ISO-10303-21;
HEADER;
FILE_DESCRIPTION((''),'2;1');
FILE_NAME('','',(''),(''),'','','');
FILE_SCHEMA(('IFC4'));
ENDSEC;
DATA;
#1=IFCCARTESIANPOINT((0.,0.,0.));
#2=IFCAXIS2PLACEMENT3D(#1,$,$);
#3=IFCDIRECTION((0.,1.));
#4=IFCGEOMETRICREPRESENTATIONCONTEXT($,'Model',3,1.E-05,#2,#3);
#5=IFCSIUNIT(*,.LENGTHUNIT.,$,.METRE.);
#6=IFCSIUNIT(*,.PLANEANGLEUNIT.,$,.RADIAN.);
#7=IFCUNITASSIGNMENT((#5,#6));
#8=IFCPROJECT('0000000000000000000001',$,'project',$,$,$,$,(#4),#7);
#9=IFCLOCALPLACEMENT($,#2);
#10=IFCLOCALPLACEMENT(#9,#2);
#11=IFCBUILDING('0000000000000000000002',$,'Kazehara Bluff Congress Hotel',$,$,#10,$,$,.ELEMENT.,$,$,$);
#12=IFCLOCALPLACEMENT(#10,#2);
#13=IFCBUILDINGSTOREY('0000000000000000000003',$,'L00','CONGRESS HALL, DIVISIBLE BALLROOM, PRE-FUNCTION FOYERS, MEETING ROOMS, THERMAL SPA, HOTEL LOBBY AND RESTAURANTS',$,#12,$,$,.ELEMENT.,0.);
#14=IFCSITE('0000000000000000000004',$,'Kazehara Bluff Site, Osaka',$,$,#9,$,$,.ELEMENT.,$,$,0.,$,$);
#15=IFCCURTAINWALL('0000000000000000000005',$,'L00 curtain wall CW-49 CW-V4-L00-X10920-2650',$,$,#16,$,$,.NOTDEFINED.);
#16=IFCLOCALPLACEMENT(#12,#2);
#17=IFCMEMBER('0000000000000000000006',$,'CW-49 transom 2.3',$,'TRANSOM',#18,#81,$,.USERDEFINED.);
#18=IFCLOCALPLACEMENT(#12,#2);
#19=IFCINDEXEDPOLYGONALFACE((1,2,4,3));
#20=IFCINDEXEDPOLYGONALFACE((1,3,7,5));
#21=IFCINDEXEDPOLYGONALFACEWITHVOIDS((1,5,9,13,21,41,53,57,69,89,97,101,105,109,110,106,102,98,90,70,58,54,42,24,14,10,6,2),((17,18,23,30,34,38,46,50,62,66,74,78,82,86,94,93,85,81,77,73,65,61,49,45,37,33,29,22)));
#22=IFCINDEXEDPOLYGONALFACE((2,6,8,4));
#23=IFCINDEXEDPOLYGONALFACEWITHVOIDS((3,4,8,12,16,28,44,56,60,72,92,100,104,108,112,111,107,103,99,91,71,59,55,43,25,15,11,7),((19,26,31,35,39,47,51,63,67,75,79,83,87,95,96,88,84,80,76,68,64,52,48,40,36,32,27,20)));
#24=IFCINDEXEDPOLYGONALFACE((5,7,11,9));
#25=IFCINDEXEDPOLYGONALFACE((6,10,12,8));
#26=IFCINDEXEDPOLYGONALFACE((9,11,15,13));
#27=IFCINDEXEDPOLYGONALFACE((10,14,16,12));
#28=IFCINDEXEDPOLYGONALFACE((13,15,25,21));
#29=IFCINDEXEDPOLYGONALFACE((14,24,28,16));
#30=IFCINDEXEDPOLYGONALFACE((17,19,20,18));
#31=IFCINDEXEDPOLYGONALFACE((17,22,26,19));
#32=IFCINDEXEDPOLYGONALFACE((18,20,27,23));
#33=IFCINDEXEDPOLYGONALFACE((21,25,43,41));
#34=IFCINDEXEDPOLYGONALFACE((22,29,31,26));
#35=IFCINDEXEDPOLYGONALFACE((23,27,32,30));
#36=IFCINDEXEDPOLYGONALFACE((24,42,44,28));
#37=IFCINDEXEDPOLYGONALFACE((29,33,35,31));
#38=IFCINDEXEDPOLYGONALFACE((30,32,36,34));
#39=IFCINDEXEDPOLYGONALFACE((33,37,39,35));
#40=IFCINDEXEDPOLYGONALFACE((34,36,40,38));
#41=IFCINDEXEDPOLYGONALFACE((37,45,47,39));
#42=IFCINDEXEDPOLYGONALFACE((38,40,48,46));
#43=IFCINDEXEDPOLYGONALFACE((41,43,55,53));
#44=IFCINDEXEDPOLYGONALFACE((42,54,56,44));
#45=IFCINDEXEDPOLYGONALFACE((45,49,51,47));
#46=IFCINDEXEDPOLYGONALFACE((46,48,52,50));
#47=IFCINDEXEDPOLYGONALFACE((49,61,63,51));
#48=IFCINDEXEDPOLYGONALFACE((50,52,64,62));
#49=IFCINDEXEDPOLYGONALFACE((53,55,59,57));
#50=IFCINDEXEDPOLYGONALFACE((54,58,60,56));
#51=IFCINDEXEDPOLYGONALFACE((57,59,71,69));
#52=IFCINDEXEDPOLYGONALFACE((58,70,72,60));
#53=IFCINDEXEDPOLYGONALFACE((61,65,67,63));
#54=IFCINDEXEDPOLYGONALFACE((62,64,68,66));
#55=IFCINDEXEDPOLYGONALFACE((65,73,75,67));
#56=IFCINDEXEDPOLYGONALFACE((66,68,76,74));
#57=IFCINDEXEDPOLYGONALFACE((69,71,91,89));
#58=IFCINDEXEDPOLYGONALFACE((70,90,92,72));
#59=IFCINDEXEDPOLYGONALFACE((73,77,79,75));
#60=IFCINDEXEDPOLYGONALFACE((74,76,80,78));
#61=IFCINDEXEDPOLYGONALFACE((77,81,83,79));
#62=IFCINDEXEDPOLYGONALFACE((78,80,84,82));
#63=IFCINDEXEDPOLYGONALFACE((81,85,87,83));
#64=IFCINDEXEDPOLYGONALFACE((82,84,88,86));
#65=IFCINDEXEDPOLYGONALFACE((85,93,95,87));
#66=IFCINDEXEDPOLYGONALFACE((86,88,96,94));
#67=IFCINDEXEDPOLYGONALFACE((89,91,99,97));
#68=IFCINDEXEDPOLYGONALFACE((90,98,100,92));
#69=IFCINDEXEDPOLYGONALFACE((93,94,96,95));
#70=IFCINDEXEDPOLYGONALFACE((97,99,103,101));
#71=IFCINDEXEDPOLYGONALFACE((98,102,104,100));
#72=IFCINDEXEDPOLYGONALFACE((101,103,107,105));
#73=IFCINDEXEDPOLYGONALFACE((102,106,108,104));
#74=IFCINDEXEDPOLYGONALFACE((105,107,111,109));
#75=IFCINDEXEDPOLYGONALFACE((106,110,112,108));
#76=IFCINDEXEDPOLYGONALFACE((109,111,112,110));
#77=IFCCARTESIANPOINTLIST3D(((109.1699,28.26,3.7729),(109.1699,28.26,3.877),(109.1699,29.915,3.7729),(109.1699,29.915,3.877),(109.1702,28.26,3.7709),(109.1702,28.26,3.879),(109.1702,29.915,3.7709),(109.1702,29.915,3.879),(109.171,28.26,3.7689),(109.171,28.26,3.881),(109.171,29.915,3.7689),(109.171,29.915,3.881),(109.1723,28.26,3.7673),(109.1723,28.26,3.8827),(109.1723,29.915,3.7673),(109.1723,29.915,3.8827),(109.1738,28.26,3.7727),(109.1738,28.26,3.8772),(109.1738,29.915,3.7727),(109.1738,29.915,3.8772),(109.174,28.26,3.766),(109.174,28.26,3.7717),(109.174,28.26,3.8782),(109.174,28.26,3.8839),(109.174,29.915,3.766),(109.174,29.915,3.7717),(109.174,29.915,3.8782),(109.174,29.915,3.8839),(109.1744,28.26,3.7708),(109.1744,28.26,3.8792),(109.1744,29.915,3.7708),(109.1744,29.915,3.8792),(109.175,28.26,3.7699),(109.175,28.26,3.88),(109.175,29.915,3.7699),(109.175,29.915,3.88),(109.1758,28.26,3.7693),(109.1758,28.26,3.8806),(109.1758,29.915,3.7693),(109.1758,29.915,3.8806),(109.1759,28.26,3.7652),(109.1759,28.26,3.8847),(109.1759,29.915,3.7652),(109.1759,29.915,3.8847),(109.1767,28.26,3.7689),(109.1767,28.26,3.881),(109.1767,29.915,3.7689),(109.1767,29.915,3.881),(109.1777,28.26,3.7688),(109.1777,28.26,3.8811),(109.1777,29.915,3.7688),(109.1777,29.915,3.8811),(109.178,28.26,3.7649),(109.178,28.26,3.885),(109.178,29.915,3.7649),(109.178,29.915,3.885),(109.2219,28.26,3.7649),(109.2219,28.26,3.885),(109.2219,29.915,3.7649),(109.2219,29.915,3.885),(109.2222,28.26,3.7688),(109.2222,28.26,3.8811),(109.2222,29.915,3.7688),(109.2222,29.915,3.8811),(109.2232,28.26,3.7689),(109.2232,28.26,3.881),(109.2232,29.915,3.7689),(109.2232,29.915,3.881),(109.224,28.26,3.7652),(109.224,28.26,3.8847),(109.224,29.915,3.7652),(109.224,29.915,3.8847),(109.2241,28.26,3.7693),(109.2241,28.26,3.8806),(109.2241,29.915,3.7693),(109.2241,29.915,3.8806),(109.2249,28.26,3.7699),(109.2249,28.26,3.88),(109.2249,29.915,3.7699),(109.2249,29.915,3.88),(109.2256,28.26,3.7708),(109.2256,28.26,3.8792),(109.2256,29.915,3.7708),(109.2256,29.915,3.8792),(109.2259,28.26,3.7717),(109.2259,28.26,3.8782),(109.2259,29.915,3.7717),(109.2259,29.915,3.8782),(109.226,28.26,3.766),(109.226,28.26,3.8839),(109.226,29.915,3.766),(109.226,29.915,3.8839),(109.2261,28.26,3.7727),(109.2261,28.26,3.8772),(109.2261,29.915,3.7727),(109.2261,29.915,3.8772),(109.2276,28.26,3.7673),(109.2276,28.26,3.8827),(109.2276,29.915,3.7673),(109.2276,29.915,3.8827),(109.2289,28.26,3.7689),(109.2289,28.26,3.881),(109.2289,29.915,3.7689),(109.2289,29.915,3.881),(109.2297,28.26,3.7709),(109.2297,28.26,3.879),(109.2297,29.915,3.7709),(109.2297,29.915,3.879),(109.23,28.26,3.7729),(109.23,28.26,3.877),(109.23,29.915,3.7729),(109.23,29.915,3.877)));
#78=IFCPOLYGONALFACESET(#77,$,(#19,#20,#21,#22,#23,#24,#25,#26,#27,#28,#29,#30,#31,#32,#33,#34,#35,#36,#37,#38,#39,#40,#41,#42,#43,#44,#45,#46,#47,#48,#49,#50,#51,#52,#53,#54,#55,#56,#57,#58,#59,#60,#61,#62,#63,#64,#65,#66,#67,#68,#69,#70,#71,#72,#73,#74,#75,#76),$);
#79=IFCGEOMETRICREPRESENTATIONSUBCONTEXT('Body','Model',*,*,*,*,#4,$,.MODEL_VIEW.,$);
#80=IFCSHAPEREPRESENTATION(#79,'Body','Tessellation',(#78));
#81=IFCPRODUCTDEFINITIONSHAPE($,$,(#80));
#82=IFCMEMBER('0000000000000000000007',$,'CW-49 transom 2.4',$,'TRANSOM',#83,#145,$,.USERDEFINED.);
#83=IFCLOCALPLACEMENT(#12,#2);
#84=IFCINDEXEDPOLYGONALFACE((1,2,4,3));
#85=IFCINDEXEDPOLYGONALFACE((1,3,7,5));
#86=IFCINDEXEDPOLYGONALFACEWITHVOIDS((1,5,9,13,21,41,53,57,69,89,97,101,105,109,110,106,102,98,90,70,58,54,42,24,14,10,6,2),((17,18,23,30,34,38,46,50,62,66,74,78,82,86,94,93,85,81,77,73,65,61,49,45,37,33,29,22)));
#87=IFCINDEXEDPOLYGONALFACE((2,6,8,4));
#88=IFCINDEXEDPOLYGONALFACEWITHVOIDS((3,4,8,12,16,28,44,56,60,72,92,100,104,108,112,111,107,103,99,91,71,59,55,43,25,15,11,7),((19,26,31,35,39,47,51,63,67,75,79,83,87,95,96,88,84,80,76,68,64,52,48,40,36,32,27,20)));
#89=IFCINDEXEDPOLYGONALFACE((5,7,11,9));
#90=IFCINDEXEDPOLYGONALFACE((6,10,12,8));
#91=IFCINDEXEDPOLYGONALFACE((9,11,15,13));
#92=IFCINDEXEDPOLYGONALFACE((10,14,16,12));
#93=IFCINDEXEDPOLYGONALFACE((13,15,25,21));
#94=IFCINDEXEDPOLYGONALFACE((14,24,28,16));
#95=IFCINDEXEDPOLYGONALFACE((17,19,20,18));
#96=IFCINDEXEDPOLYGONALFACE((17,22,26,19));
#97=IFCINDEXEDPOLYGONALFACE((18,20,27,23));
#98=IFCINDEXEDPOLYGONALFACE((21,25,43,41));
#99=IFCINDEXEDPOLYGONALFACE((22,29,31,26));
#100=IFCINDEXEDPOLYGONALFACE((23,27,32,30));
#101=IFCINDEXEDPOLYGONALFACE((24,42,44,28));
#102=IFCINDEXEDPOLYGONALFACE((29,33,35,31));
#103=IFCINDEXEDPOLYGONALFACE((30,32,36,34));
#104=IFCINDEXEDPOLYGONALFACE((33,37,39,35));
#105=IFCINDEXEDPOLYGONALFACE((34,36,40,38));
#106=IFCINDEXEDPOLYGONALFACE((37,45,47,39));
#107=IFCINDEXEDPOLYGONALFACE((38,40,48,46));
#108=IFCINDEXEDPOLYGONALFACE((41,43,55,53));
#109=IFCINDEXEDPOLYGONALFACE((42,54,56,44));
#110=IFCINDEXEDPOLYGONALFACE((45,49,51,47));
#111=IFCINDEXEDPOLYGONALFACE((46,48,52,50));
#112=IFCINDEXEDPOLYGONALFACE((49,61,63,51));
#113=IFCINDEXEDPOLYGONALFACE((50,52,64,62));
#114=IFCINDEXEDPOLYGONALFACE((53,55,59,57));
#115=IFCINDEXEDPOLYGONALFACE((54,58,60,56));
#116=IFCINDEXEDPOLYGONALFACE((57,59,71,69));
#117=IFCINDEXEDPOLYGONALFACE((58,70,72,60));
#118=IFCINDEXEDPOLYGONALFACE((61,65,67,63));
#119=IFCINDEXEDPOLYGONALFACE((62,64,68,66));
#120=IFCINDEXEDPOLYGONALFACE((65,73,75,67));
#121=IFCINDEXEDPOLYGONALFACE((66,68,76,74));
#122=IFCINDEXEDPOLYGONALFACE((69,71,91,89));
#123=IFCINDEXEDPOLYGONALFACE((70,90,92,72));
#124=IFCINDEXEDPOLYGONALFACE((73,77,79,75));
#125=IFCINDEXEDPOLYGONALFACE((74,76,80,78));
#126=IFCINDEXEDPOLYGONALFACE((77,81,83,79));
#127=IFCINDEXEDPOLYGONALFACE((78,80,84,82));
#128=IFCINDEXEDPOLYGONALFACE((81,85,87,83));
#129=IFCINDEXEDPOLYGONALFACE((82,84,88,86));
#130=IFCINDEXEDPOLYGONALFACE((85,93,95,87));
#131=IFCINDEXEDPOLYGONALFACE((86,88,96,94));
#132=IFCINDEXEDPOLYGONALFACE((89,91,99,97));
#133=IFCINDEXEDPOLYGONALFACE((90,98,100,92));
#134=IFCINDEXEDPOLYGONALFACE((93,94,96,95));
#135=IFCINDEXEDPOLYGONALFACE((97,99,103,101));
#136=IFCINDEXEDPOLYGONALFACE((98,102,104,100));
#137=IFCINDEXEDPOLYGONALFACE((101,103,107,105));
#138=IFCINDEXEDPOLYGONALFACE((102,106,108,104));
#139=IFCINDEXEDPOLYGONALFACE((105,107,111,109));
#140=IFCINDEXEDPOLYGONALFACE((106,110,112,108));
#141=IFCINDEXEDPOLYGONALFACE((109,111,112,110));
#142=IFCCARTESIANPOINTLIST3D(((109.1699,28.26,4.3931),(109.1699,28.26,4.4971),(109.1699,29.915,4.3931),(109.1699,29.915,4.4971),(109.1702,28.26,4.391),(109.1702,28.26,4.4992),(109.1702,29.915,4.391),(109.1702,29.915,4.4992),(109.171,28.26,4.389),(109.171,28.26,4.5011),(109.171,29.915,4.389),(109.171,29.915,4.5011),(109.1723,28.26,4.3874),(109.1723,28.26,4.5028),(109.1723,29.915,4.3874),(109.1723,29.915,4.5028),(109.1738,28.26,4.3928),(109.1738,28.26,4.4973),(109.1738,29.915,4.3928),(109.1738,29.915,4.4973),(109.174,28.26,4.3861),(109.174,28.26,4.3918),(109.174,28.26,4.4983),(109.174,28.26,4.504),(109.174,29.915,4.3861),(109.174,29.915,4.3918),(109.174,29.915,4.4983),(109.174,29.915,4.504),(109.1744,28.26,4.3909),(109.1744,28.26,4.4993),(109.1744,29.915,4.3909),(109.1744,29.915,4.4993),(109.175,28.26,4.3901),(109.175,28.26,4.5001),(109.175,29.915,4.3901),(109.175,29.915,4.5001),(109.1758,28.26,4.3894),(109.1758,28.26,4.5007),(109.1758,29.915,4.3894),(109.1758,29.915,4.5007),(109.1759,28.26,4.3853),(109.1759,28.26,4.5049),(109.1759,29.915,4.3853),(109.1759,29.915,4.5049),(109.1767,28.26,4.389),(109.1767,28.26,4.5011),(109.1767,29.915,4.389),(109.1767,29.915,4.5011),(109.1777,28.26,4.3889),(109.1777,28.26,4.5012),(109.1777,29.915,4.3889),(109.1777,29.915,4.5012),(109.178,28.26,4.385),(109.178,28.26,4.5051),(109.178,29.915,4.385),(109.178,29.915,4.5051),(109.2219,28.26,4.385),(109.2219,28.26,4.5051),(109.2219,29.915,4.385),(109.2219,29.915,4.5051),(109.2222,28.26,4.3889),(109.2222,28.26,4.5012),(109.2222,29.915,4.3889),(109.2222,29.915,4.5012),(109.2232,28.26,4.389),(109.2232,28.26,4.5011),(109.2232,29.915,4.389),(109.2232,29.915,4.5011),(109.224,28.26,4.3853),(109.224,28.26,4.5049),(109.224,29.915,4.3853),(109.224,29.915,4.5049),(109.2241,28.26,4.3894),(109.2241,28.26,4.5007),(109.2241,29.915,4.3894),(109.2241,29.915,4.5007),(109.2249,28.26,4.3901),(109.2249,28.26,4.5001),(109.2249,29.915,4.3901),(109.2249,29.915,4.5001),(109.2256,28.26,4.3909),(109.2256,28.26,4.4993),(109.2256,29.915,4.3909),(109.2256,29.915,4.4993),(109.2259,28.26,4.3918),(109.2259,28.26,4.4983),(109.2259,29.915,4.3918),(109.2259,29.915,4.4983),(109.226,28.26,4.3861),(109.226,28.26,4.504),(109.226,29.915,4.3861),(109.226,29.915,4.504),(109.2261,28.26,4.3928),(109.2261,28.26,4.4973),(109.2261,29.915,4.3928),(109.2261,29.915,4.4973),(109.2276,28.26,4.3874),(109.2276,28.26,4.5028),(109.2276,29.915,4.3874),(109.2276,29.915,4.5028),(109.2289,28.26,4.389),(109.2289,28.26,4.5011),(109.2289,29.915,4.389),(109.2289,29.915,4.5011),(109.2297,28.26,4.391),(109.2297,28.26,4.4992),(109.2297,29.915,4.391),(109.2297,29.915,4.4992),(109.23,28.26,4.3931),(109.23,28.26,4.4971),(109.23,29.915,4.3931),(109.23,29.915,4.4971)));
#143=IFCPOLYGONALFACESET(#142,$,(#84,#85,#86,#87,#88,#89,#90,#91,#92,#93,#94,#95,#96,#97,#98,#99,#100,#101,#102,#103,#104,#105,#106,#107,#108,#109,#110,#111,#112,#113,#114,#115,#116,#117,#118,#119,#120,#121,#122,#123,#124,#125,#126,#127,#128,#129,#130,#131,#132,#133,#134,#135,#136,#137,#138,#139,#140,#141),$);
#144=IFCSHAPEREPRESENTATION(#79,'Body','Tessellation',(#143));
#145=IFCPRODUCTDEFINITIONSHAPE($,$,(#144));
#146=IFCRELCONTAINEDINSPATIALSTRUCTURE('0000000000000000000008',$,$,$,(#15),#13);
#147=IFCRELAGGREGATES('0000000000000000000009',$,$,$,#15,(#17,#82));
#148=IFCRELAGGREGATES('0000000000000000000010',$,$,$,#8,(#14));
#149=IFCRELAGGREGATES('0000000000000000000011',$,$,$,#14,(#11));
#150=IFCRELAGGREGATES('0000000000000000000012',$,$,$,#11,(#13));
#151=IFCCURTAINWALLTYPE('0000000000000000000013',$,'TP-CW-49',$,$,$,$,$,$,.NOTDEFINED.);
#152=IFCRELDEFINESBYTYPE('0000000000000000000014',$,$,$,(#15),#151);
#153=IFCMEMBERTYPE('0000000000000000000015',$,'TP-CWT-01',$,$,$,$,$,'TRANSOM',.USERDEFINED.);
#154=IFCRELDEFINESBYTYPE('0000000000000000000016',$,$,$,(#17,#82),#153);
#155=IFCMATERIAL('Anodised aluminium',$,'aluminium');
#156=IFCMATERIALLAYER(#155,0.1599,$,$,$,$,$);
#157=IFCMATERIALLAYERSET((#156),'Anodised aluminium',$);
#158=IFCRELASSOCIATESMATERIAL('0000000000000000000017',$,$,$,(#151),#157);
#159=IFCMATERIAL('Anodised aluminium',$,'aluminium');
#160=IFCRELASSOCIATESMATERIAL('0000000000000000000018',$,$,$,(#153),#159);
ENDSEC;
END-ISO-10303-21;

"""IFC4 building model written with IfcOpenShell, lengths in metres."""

from ifc_helpers import new_model, si_unit, direction, frame, origin, origin_2d, place, context, subcontext, project, spatial, hollow_rectangle, extrude, material, layer, layer_set, material_profile, profile_set, type_object, element, aggregate, save


model = new_model("IFC4")

# Units and contexts
model_context = context("Model", 3, precision=1e-05, world=origin(), true_north=direction((0.0, 1.0)))
body_context = subcontext(model_context, "Body", "Model", "MODEL_VIEW")
ifc_project = project(units=[si_unit("LENGTHUNIT", "METRE"), si_unit("PLANEANGLEUNIT", "RADIAN")], contexts=[model_context])

# Site, building, storey
site_placement = place(None, origin())
site = spatial("IfcSite", under=ifc_project, at=site_placement, Name="Kazehara Bluff Site, Osaka", CompositionType="ELEMENT", RefElevation=0.0)
building_placement = place(site_placement, origin())
building = spatial("IfcBuilding", under=site, at=building_placement, Name="Kazehara Bluff Congress Hotel", CompositionType="ELEMENT")
storey_placement = place(building_placement, origin())
storey = spatial("IfcBuildingStorey", under=building, at=storey_placement, Name="L00", Description="CONGRESS HALL, DIVISIBLE BALLROOM, PRE-FUNCTION FOYERS, MEETING ROOMS, THERMAL SPA, HOTEL LOBBY AND RESTAURANTS", CompositionType="ELEMENT", Elevation=0.0)

# Curtain wall, members
ifc_material_1 = material(Name="Anodised aluminium", Category="aluminium")
ifc_layer_1 = layer(ifc_material_1, 0.1599)
ifc_layer_set_1 = layer_set([ifc_layer_1], Name="Anodised aluminium")
curtain_wall_type = type_object("IfcCurtainWallType", Name="TP-CW-49", PredefinedType="NOTDEFINED", material=ifc_layer_set_1)
curtain_wall_placement = place(storey_placement, origin())
curtain_wall = element("IfcCurtainWall", 1, at=curtain_wall_placement, inside=storey, type_object=curtain_wall_type, Name="L00 curtain wall CW-49 CW-V4-L00-X10920-2650", PredefinedType="NOTDEFINED")
ifc_material_2 = material(Name="Anodised aluminium", Category="aluminium")
ifc_material_profile_1 = material_profile(ifc_material_2, hollow_rectangle(XDim=0.0601, YDim=0.1201, WallThickness=0.0039, InnerFilletRadius=0.0039, OuterFilletRadius=0.0081, at=origin_2d()))
ifc_profile_set_1 = profile_set([ifc_material_profile_1], Name="Anodised aluminium")
member_type_1 = type_object("IfcMemberType", Name="TP-CWT-01", ElementType="TRANSOM", PredefinedType="USERDEFINED", material=ifc_profile_set_1)
member_1_placement = place(storey_placement, frame((109.2, 28.26, 3.825), z_axis=(0.0, 1.0, 0.0), x_axis=(-1.0, 0.0, 0.0)))
member_1 = element("IfcMember", 2, at=member_1_placement, type_object=member_type_1, Name="CW-49 transom 2.3", ObjectType="TRANSOM", PredefinedType="USERDEFINED", context=body_context, shape_type="SweptSolid", body=[
    extrude(hollow_rectangle(XDim=0.0601, YDim=0.1201, WallThickness=0.0039, InnerFilletRadius=0.0039, OuterFilletRadius=0.0081, at=origin_2d()), origin(), (0.0, 0.0, 1.0), 1.655),
])
member_2_placement = place(storey_placement, frame((109.2, 28.26, 4.4451), z_axis=(0.0, 1.0, 0.0), x_axis=(-1.0, 0.0, 0.0)))
member_2 = element("IfcMember", 3, at=member_2_placement, type_object=member_type_1, Name="CW-49 transom 2.4", ObjectType="TRANSOM", PredefinedType="USERDEFINED", context=body_context, shape_type="SweptSolid", body=[
    extrude(hollow_rectangle(XDim=0.0601, YDim=0.1201, WallThickness=0.0039, InnerFilletRadius=0.0039, OuterFilletRadius=0.0081, at=origin_2d()), origin(), (0.0, 0.0, 1.0), 1.655),
])

aggregate(curtain_wall, [member_1, member_2])

save(model, "model.ifc")
